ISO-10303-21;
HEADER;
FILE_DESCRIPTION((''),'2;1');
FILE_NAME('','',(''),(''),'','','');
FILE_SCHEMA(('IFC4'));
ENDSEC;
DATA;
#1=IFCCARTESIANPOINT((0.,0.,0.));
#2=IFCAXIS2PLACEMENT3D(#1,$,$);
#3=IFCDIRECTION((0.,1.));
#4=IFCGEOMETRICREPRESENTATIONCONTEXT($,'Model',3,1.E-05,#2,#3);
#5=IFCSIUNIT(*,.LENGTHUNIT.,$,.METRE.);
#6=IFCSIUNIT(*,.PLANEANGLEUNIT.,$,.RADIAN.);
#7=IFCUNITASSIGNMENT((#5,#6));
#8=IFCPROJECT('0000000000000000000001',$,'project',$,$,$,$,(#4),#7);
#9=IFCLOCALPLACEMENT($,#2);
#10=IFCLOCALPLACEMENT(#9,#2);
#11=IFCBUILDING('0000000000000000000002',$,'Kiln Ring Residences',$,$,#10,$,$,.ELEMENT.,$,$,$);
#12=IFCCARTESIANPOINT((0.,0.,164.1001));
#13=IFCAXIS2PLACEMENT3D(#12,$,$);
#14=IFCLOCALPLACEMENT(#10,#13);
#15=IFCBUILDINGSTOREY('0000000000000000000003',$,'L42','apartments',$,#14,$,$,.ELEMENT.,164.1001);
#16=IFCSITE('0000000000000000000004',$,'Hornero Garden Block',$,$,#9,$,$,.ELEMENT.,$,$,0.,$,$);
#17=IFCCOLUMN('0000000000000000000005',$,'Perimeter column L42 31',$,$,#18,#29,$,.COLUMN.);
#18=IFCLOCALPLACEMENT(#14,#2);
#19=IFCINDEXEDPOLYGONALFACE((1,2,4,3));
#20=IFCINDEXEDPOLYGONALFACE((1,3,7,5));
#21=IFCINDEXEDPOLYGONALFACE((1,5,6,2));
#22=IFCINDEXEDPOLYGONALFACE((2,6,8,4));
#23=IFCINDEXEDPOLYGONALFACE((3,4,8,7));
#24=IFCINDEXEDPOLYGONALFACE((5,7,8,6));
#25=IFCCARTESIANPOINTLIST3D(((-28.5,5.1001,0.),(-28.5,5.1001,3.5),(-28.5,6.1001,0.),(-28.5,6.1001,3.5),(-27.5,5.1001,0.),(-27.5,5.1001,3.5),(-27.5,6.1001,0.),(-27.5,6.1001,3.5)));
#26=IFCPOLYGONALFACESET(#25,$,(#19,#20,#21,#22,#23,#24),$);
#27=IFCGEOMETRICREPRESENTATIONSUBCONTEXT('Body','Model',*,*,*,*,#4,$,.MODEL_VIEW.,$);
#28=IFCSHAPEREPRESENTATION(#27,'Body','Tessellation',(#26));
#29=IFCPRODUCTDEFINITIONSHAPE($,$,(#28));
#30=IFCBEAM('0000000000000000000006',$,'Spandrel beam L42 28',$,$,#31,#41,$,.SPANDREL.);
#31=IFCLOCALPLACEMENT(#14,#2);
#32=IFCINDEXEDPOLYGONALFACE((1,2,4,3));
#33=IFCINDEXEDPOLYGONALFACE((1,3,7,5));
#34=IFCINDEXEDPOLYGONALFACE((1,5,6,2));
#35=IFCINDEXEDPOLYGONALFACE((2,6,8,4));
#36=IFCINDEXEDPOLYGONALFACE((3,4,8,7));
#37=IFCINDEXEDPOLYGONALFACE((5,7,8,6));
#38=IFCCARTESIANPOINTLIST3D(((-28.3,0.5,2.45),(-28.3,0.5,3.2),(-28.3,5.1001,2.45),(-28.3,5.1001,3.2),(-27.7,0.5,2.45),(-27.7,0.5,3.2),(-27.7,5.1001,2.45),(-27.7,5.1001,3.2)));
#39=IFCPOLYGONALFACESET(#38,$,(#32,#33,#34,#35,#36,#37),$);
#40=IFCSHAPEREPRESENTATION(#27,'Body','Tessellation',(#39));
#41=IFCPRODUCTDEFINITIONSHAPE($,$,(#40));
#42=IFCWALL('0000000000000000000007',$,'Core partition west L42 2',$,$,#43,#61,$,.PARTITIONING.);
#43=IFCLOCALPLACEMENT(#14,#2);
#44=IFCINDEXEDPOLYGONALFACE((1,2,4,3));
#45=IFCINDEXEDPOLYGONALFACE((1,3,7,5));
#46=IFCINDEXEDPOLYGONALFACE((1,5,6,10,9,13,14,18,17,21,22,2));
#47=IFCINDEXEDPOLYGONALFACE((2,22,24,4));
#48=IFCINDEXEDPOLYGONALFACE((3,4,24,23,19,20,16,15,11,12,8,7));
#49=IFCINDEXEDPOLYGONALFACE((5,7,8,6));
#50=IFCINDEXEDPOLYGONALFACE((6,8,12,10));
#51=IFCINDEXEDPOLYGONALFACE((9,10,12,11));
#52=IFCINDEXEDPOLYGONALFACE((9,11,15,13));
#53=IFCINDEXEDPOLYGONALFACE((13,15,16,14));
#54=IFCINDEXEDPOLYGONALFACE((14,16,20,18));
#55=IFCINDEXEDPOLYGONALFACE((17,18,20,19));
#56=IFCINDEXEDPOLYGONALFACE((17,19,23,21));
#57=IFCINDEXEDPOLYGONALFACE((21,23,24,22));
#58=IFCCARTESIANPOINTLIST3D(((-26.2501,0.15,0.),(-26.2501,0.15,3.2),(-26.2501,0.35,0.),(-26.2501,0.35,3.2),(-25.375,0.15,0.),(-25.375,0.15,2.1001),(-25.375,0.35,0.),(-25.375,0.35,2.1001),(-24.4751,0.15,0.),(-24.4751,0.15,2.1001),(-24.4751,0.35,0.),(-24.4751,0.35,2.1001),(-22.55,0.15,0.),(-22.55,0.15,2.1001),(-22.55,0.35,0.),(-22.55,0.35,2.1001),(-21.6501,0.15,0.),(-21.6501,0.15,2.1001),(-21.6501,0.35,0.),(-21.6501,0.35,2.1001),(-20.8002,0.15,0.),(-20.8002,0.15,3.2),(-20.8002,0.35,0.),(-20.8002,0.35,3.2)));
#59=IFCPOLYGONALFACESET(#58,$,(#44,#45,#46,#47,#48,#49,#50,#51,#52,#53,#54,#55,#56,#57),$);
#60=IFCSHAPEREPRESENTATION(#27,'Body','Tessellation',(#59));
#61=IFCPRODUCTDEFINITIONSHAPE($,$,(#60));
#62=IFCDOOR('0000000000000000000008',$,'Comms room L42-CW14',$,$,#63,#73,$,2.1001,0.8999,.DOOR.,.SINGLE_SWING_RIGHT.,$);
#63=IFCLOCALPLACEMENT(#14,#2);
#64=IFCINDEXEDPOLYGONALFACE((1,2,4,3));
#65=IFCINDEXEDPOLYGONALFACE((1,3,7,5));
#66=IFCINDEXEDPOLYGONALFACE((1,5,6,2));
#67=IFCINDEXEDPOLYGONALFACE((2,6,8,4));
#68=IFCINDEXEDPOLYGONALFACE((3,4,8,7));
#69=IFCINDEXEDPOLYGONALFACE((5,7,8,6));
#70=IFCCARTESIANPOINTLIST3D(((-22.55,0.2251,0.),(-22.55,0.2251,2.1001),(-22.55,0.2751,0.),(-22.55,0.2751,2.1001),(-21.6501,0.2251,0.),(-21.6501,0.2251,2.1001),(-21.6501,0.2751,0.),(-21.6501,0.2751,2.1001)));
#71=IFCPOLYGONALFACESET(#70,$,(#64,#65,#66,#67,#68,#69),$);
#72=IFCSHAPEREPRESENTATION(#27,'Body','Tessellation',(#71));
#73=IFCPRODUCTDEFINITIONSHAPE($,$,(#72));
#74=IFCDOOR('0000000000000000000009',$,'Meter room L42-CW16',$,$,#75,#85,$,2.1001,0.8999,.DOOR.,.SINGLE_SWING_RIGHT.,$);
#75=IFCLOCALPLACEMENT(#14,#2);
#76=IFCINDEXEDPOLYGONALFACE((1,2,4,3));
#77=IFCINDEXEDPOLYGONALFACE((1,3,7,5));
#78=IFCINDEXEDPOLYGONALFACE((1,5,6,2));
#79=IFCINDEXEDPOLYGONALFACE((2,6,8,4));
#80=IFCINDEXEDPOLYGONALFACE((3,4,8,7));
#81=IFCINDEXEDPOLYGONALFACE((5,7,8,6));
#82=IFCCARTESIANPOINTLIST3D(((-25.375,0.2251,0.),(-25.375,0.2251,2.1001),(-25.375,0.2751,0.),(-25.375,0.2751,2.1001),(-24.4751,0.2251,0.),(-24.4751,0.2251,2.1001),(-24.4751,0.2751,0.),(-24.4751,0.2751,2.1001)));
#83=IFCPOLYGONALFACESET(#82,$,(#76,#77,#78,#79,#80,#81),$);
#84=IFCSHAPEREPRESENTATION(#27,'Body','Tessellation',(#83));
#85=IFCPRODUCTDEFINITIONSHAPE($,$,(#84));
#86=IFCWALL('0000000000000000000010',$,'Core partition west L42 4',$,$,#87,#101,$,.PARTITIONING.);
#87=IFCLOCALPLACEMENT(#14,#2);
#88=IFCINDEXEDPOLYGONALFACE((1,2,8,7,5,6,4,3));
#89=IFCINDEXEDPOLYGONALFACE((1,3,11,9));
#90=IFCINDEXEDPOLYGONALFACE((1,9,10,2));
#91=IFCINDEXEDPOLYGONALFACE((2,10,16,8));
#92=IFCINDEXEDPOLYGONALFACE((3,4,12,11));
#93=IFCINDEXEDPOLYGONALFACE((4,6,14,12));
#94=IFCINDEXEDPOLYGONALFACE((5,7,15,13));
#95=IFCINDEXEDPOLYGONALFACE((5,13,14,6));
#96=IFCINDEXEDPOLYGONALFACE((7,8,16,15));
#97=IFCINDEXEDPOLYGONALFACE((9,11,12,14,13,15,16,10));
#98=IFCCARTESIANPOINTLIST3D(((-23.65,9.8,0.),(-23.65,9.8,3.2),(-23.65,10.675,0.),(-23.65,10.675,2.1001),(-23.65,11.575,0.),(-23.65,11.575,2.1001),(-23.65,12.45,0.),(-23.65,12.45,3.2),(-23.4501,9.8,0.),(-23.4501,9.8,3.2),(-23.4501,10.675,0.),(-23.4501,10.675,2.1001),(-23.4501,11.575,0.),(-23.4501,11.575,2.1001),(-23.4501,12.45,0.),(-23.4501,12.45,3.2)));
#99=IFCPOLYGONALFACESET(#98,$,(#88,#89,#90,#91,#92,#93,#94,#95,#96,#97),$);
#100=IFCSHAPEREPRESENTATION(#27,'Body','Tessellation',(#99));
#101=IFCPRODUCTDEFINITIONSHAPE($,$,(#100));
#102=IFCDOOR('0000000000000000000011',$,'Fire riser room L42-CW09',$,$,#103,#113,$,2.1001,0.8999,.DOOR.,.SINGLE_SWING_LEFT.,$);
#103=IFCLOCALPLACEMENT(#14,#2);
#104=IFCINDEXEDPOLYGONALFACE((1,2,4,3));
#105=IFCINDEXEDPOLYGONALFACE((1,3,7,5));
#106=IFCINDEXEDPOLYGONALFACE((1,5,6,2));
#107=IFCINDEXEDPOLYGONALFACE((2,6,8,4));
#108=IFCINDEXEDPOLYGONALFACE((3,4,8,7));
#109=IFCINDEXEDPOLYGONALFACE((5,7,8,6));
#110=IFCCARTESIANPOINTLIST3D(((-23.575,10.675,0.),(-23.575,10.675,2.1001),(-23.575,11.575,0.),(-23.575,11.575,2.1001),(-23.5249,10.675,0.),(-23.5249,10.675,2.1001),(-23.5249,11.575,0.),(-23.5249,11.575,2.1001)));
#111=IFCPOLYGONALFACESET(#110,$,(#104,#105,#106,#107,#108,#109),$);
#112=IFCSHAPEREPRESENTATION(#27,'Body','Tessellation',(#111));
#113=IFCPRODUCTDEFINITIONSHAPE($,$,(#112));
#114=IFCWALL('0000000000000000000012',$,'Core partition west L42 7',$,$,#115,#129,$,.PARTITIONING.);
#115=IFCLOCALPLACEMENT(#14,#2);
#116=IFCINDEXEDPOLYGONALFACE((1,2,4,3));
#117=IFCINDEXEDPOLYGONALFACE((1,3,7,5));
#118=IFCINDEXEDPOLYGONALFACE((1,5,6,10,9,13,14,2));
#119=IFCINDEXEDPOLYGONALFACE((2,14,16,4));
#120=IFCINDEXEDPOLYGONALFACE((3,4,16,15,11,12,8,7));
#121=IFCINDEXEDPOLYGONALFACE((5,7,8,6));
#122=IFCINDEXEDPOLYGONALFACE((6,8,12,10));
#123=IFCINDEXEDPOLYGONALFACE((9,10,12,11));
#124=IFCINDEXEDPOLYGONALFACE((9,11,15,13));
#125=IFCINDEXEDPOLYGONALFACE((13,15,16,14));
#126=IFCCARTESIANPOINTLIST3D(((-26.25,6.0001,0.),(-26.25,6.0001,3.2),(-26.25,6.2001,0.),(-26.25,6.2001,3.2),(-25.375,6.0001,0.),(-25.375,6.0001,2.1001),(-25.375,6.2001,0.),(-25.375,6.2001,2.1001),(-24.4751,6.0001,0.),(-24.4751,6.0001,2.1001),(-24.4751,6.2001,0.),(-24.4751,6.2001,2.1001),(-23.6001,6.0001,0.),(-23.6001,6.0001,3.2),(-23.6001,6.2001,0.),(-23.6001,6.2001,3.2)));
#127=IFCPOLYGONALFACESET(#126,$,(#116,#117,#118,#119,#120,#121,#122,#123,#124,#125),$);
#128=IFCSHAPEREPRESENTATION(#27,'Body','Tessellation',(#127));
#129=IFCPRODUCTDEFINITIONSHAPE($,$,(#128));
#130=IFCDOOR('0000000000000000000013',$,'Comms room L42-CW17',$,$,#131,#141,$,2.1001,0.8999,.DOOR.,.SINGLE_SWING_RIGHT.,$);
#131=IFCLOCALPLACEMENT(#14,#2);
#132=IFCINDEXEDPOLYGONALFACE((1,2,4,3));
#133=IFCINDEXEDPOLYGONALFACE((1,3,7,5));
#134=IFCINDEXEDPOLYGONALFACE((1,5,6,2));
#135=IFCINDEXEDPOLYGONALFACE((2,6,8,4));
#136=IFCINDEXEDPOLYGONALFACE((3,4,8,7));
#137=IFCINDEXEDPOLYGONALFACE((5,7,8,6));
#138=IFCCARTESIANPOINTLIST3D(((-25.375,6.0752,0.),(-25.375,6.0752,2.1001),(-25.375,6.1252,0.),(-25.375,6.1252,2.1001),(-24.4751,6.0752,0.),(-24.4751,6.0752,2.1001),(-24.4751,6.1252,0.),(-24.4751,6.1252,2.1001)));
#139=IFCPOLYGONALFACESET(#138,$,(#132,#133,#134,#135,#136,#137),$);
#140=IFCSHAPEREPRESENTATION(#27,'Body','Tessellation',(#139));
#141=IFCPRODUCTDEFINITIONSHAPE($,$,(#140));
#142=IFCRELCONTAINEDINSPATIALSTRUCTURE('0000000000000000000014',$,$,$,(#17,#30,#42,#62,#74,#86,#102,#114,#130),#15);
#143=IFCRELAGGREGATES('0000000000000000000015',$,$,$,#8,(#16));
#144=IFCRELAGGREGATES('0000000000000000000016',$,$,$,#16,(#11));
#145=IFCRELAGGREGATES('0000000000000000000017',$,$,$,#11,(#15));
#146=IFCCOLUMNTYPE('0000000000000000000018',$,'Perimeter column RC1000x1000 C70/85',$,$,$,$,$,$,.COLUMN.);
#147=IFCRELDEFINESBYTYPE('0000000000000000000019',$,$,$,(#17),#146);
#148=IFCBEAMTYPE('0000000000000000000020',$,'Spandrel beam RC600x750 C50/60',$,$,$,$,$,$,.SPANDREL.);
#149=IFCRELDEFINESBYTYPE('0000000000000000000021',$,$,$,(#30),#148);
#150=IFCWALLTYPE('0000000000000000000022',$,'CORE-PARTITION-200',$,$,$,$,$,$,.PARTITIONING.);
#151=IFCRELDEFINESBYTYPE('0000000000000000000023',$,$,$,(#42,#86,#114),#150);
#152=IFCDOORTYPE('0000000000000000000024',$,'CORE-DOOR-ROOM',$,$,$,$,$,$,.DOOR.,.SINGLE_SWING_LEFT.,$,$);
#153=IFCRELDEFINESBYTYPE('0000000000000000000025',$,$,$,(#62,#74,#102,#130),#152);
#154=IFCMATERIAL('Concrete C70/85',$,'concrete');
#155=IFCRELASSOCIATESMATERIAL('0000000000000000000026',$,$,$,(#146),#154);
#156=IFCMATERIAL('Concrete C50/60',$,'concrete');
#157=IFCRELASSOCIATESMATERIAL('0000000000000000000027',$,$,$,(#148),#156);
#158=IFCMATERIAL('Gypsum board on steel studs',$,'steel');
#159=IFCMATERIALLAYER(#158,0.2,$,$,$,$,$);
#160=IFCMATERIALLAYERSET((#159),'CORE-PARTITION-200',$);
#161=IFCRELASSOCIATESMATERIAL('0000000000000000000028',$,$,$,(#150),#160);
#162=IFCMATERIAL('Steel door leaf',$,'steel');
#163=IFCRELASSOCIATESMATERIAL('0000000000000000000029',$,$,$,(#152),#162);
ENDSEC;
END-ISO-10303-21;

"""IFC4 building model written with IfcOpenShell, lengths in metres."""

from ifc_helpers import new_model, si_unit, direction, frame, frame_2d, origin, origin_2d, place, context, subcontext, project, spatial, rectangle, extrude, material, layer, layer_set, material_profile, profile_set, type_object, element, fill, save


model = new_model("IFC4")

# Units and contexts
model_context = context("Model", 3, precision=1e-05, world=origin(), true_north=direction((0.0, 1.0)))
body_context = subcontext(model_context, "Body", "Model", "MODEL_VIEW")
ifc_project = project(units=[si_unit("LENGTHUNIT", "METRE"), si_unit("PLANEANGLEUNIT", "RADIAN")], contexts=[model_context])

# Site, building, storey
site_placement = place(None, origin())
site = spatial("IfcSite", under=ifc_project, at=site_placement, Name="Hornero Garden Block", CompositionType="ELEMENT", RefElevation=0.0)
building_placement = place(site_placement, origin())
building = spatial("IfcBuilding", under=site, at=building_placement, Name="Kiln Ring Residences", CompositionType="ELEMENT")
storey_placement = place(building_placement, frame((0.0, 0.0, 164.1001)))
storey = spatial("IfcBuildingStorey", under=building, at=storey_placement, Name="L42", Description="apartments", CompositionType="ELEMENT", Elevation=164.1001)

# Column
ifc_material_1 = material(Name="Concrete C70/85", Category="concrete")
ifc_material_profile_1 = material_profile(ifc_material_1, rectangle(XDim=1.0, YDim=1.0, at=origin_2d()), Name="RC1000x1000")
ifc_profile_set_1 = profile_set([ifc_material_profile_1], Name="Concrete C70/85")
column_type = type_object("IfcColumnType", Name="Perimeter column RC1000x1000 C70/85", PredefinedType="COLUMN", material=ifc_profile_set_1)
column_placement = place(storey_placement, frame((-28.0, 5.6001, 0.0), z_axis=(0.0, 0.0, 1.0), x_axis=(1.0, 0.0, 0.0)))
element("IfcColumn", 1, at=column_placement, inside=storey, type_object=column_type, Name="Perimeter column L42 31", PredefinedType="COLUMN", context=body_context, shape_type="SweptSolid", body=[
    extrude(rectangle(XDim=1.0, YDim=1.0, at=origin_2d()), origin(), (0.0, 0.0, 1.0), 3.5),
])

# Beam
ifc_material_2 = material(Name="Concrete C50/60", Category="concrete")
ifc_material_profile_2 = material_profile(ifc_material_2, rectangle(XDim=0.6001, YDim=0.75, at=origin_2d()), Name="RC600x750")
ifc_profile_set_2 = profile_set([ifc_material_profile_2], Name="Concrete C50/60")
beam_type = type_object("IfcBeamType", Name="Spandrel beam RC600x750 C50/60", PredefinedType="SPANDREL", material=ifc_profile_set_2)
beam_placement = place(storey_placement, frame((-28.0, 5.1001, 2.825), z_axis=(0.0, -1.0, 0.0), x_axis=(1.0, 0.0, 0.0)))
element("IfcBeam", 2, at=beam_placement, inside=storey, type_object=beam_type, Name="Spandrel beam L42 28", PredefinedType="SPANDREL", context=body_context, shape_type="SweptSolid", body=[
    extrude(rectangle(XDim=0.6001, YDim=0.75, at=origin_2d()), origin(), (0.0, 0.0, 1.0), 4.6001),
])

# Wall, openings, doors
ifc_material_3 = material(Name="Gypsum board on steel studs", Category="steel")
ifc_layer_1 = layer(ifc_material_3, 0.2)
ifc_layer_set_1 = layer_set([ifc_layer_1], Name="CORE-PARTITION-200")
wall_type_1 = type_object("IfcWallType", Name="CORE-PARTITION-200", PredefinedType="PARTITIONING", material=ifc_layer_set_1)
wall_1_placement = place(storey_placement, frame((-20.8, 0.25, 0.0), z_axis=(0.0, 0.0, 1.0), x_axis=(-1.0, 0.0, 0.0)))
wall_1 = element("IfcWall", 3, at=wall_1_placement, inside=storey, type_object=wall_type_1, Name="Core partition west L42 2", PredefinedType="PARTITIONING", context=body_context, shape_type="SweptSolid", body=[
    extrude(rectangle(XDim=5.45, YDim=0.2, at=frame_2d((2.7251, 0.0))), origin(), (0.0, 0.0, 1.0), 3.2),
])
opening_1_placement = place(wall_1_placement, frame((0.8501, 0.0, 0.0)))
opening_1 = element("IfcOpeningElement", 4, at=opening_1_placement, cuts=wall_1, PredefinedType="OPENING", context=body_context, shape_type="SweptSolid", body=[
    extrude(rectangle(XDim=0.8999, YDim=2.1001, at=frame_2d((0.45, 1.05))), frame((0.0, 0.1099, 0.0), z_axis=(0.0, -1.0, 0.0), x_axis=(1.0, 0.0, 0.0)), (0.0, 0.0, 1.0), 0.22),
])
opening_2_placement = place(wall_1_placement, frame((3.675, 0.0, 0.0)))
opening_2 = element("IfcOpeningElement", 5, at=opening_2_placement, cuts=wall_1, PredefinedType="OPENING", context=body_context, shape_type="SweptSolid", body=[
    extrude(rectangle(XDim=0.8999, YDim=2.1001, at=frame_2d((0.45, 1.05))), frame((0.0, 0.1099, 0.0), z_axis=(0.0, -1.0, 0.0), x_axis=(1.0, 0.0, 0.0)), (0.0, 0.0, 1.0), 0.22),
])
ifc_material_4 = material(Name="Steel door leaf", Category="steel")
door_type = type_object("IfcDoorType", Name="CORE-DOOR-ROOM", OperationType="SINGLE_SWING_LEFT", PredefinedType="DOOR", material=ifc_material_4)
door_1_placement = place(opening_1_placement, origin())
door_1 = element("IfcDoor", 6, at=door_1_placement, inside=storey, type_object=door_type, Name="Comms room L42-CW14", OperationType="SINGLE_SWING_RIGHT", OverallHeight=2.1001, OverallWidth=0.8999, PredefinedType="DOOR", context=body_context, shape_type="SweptSolid", body=[
    extrude(rectangle(XDim=0.8999, YDim=2.1001, at=frame_2d((0.45, 1.05))), frame((0.0, 0.0249, 0.0), z_axis=(0.0, -1.0, 0.0), x_axis=(1.0, 0.0, 0.0)), (0.0, 0.0, 1.0), 0.05),
])
fill(opening_1, door_1)
door_2_placement = place(opening_2_placement, origin())
door_2 = element("IfcDoor", 7, at=door_2_placement, inside=storey, type_object=door_type, Name="Meter room L42-CW16", OperationType="SINGLE_SWING_RIGHT", OverallHeight=2.1001, OverallWidth=0.8999, PredefinedType="DOOR", context=body_context, shape_type="SweptSolid", body=[
    extrude(rectangle(XDim=0.8999, YDim=2.1001, at=frame_2d((0.45, 1.05))), frame((0.0, 0.0249, 0.0), z_axis=(0.0, -1.0, 0.0), x_axis=(1.0, 0.0, 0.0)), (0.0, 0.0, 1.0), 0.05),
])
fill(opening_2, door_2)

# Walls, openings, doors
wall_2_placement = place(storey_placement, frame((-23.55, 9.8, 0.0), z_axis=(0.0, 0.0, 1.0), x_axis=(0.0, 1.0, 0.0)))
wall_2 = element("IfcWall", 8, at=wall_2_placement, inside=storey, type_object=wall_type_1, Name="Core partition west L42 4", PredefinedType="PARTITIONING", context=body_context, shape_type="SweptSolid", body=[
    extrude(rectangle(XDim=2.6499, YDim=0.2, at=frame_2d((1.325, 0.0))), origin(), (0.0, 0.0, 1.0), 3.2),
])
opening_3_placement = place(wall_2_placement, frame((0.875, 0.0, 0.0)))
opening_3 = element("IfcOpeningElement", 9, at=opening_3_placement, cuts=wall_2, PredefinedType="OPENING", context=body_context, shape_type="SweptSolid", body=[
    extrude(rectangle(XDim=0.8999, YDim=2.1001, at=frame_2d((0.45, 1.05))), frame((0.0, 0.1099, 0.0), z_axis=(0.0, -1.0, 0.0), x_axis=(1.0, 0.0, 0.0)), (0.0, 0.0, 1.0), 0.22),
])
door_3_placement = place(opening_3_placement, origin())
door_3 = element("IfcDoor", 10, at=door_3_placement, inside=storey, type_object=door_type, Name="Fire riser room L42-CW09", OperationType="SINGLE_SWING_LEFT", OverallHeight=2.1001, OverallWidth=0.8999, PredefinedType="DOOR", context=body_context, shape_type="SweptSolid", body=[
    extrude(rectangle(XDim=0.8999, YDim=2.1001, at=frame_2d((0.45, 1.05))), frame((0.0, 0.0249, 0.0), z_axis=(0.0, -1.0, 0.0), x_axis=(1.0, 0.0, 0.0)), (0.0, 0.0, 1.0), 0.05),
])
fill(opening_3, door_3)
wall_3_placement = place(storey_placement, frame((-23.6001, 6.1001, 0.0), z_axis=(0.0, 0.0, 1.0), x_axis=(-1.0, 0.0, 0.0)))
wall_3 = element("IfcWall", 11, at=wall_3_placement, inside=storey, type_object=wall_type_1, Name="Core partition west L42 7", PredefinedType="PARTITIONING", context=body_context, shape_type="SweptSolid", body=[
    extrude(rectangle(XDim=2.6499, YDim=0.2, at=frame_2d((1.325, 0.0))), origin(), (0.0, 0.0, 1.0), 3.2),
])
opening_4_placement = place(wall_3_placement, frame((0.875, 0.0, 0.0)))
opening_4 = element("IfcOpeningElement", 12, at=opening_4_placement, cuts=wall_3, PredefinedType="OPENING", context=body_context, shape_type="SweptSolid", body=[
    extrude(rectangle(XDim=0.8999, YDim=2.1001, at=frame_2d((0.45, 1.05))), frame((0.0, 0.1099, 0.0), z_axis=(0.0, -1.0, 0.0), x_axis=(1.0, 0.0, 0.0)), (0.0, 0.0, 1.0), 0.22),
])
door_4_placement = place(opening_4_placement, origin())
door_4 = element("IfcDoor", 13, at=door_4_placement, inside=storey, type_object=door_type, Name="Comms room L42-CW17", OperationType="SINGLE_SWING_RIGHT", OverallHeight=2.1001, OverallWidth=0.8999, PredefinedType="DOOR", context=body_context, shape_type="SweptSolid", body=[
    extrude(rectangle(XDim=0.8999, YDim=2.1001, at=frame_2d((0.45, 1.05))), frame((0.0, 0.0249, 0.0), z_axis=(0.0, -1.0, 0.0), x_axis=(1.0, 0.0, 0.0)), (0.0, 0.0, 1.0), 0.05),
])
fill(opening_4, door_4)

save(model, "model.ifc")
